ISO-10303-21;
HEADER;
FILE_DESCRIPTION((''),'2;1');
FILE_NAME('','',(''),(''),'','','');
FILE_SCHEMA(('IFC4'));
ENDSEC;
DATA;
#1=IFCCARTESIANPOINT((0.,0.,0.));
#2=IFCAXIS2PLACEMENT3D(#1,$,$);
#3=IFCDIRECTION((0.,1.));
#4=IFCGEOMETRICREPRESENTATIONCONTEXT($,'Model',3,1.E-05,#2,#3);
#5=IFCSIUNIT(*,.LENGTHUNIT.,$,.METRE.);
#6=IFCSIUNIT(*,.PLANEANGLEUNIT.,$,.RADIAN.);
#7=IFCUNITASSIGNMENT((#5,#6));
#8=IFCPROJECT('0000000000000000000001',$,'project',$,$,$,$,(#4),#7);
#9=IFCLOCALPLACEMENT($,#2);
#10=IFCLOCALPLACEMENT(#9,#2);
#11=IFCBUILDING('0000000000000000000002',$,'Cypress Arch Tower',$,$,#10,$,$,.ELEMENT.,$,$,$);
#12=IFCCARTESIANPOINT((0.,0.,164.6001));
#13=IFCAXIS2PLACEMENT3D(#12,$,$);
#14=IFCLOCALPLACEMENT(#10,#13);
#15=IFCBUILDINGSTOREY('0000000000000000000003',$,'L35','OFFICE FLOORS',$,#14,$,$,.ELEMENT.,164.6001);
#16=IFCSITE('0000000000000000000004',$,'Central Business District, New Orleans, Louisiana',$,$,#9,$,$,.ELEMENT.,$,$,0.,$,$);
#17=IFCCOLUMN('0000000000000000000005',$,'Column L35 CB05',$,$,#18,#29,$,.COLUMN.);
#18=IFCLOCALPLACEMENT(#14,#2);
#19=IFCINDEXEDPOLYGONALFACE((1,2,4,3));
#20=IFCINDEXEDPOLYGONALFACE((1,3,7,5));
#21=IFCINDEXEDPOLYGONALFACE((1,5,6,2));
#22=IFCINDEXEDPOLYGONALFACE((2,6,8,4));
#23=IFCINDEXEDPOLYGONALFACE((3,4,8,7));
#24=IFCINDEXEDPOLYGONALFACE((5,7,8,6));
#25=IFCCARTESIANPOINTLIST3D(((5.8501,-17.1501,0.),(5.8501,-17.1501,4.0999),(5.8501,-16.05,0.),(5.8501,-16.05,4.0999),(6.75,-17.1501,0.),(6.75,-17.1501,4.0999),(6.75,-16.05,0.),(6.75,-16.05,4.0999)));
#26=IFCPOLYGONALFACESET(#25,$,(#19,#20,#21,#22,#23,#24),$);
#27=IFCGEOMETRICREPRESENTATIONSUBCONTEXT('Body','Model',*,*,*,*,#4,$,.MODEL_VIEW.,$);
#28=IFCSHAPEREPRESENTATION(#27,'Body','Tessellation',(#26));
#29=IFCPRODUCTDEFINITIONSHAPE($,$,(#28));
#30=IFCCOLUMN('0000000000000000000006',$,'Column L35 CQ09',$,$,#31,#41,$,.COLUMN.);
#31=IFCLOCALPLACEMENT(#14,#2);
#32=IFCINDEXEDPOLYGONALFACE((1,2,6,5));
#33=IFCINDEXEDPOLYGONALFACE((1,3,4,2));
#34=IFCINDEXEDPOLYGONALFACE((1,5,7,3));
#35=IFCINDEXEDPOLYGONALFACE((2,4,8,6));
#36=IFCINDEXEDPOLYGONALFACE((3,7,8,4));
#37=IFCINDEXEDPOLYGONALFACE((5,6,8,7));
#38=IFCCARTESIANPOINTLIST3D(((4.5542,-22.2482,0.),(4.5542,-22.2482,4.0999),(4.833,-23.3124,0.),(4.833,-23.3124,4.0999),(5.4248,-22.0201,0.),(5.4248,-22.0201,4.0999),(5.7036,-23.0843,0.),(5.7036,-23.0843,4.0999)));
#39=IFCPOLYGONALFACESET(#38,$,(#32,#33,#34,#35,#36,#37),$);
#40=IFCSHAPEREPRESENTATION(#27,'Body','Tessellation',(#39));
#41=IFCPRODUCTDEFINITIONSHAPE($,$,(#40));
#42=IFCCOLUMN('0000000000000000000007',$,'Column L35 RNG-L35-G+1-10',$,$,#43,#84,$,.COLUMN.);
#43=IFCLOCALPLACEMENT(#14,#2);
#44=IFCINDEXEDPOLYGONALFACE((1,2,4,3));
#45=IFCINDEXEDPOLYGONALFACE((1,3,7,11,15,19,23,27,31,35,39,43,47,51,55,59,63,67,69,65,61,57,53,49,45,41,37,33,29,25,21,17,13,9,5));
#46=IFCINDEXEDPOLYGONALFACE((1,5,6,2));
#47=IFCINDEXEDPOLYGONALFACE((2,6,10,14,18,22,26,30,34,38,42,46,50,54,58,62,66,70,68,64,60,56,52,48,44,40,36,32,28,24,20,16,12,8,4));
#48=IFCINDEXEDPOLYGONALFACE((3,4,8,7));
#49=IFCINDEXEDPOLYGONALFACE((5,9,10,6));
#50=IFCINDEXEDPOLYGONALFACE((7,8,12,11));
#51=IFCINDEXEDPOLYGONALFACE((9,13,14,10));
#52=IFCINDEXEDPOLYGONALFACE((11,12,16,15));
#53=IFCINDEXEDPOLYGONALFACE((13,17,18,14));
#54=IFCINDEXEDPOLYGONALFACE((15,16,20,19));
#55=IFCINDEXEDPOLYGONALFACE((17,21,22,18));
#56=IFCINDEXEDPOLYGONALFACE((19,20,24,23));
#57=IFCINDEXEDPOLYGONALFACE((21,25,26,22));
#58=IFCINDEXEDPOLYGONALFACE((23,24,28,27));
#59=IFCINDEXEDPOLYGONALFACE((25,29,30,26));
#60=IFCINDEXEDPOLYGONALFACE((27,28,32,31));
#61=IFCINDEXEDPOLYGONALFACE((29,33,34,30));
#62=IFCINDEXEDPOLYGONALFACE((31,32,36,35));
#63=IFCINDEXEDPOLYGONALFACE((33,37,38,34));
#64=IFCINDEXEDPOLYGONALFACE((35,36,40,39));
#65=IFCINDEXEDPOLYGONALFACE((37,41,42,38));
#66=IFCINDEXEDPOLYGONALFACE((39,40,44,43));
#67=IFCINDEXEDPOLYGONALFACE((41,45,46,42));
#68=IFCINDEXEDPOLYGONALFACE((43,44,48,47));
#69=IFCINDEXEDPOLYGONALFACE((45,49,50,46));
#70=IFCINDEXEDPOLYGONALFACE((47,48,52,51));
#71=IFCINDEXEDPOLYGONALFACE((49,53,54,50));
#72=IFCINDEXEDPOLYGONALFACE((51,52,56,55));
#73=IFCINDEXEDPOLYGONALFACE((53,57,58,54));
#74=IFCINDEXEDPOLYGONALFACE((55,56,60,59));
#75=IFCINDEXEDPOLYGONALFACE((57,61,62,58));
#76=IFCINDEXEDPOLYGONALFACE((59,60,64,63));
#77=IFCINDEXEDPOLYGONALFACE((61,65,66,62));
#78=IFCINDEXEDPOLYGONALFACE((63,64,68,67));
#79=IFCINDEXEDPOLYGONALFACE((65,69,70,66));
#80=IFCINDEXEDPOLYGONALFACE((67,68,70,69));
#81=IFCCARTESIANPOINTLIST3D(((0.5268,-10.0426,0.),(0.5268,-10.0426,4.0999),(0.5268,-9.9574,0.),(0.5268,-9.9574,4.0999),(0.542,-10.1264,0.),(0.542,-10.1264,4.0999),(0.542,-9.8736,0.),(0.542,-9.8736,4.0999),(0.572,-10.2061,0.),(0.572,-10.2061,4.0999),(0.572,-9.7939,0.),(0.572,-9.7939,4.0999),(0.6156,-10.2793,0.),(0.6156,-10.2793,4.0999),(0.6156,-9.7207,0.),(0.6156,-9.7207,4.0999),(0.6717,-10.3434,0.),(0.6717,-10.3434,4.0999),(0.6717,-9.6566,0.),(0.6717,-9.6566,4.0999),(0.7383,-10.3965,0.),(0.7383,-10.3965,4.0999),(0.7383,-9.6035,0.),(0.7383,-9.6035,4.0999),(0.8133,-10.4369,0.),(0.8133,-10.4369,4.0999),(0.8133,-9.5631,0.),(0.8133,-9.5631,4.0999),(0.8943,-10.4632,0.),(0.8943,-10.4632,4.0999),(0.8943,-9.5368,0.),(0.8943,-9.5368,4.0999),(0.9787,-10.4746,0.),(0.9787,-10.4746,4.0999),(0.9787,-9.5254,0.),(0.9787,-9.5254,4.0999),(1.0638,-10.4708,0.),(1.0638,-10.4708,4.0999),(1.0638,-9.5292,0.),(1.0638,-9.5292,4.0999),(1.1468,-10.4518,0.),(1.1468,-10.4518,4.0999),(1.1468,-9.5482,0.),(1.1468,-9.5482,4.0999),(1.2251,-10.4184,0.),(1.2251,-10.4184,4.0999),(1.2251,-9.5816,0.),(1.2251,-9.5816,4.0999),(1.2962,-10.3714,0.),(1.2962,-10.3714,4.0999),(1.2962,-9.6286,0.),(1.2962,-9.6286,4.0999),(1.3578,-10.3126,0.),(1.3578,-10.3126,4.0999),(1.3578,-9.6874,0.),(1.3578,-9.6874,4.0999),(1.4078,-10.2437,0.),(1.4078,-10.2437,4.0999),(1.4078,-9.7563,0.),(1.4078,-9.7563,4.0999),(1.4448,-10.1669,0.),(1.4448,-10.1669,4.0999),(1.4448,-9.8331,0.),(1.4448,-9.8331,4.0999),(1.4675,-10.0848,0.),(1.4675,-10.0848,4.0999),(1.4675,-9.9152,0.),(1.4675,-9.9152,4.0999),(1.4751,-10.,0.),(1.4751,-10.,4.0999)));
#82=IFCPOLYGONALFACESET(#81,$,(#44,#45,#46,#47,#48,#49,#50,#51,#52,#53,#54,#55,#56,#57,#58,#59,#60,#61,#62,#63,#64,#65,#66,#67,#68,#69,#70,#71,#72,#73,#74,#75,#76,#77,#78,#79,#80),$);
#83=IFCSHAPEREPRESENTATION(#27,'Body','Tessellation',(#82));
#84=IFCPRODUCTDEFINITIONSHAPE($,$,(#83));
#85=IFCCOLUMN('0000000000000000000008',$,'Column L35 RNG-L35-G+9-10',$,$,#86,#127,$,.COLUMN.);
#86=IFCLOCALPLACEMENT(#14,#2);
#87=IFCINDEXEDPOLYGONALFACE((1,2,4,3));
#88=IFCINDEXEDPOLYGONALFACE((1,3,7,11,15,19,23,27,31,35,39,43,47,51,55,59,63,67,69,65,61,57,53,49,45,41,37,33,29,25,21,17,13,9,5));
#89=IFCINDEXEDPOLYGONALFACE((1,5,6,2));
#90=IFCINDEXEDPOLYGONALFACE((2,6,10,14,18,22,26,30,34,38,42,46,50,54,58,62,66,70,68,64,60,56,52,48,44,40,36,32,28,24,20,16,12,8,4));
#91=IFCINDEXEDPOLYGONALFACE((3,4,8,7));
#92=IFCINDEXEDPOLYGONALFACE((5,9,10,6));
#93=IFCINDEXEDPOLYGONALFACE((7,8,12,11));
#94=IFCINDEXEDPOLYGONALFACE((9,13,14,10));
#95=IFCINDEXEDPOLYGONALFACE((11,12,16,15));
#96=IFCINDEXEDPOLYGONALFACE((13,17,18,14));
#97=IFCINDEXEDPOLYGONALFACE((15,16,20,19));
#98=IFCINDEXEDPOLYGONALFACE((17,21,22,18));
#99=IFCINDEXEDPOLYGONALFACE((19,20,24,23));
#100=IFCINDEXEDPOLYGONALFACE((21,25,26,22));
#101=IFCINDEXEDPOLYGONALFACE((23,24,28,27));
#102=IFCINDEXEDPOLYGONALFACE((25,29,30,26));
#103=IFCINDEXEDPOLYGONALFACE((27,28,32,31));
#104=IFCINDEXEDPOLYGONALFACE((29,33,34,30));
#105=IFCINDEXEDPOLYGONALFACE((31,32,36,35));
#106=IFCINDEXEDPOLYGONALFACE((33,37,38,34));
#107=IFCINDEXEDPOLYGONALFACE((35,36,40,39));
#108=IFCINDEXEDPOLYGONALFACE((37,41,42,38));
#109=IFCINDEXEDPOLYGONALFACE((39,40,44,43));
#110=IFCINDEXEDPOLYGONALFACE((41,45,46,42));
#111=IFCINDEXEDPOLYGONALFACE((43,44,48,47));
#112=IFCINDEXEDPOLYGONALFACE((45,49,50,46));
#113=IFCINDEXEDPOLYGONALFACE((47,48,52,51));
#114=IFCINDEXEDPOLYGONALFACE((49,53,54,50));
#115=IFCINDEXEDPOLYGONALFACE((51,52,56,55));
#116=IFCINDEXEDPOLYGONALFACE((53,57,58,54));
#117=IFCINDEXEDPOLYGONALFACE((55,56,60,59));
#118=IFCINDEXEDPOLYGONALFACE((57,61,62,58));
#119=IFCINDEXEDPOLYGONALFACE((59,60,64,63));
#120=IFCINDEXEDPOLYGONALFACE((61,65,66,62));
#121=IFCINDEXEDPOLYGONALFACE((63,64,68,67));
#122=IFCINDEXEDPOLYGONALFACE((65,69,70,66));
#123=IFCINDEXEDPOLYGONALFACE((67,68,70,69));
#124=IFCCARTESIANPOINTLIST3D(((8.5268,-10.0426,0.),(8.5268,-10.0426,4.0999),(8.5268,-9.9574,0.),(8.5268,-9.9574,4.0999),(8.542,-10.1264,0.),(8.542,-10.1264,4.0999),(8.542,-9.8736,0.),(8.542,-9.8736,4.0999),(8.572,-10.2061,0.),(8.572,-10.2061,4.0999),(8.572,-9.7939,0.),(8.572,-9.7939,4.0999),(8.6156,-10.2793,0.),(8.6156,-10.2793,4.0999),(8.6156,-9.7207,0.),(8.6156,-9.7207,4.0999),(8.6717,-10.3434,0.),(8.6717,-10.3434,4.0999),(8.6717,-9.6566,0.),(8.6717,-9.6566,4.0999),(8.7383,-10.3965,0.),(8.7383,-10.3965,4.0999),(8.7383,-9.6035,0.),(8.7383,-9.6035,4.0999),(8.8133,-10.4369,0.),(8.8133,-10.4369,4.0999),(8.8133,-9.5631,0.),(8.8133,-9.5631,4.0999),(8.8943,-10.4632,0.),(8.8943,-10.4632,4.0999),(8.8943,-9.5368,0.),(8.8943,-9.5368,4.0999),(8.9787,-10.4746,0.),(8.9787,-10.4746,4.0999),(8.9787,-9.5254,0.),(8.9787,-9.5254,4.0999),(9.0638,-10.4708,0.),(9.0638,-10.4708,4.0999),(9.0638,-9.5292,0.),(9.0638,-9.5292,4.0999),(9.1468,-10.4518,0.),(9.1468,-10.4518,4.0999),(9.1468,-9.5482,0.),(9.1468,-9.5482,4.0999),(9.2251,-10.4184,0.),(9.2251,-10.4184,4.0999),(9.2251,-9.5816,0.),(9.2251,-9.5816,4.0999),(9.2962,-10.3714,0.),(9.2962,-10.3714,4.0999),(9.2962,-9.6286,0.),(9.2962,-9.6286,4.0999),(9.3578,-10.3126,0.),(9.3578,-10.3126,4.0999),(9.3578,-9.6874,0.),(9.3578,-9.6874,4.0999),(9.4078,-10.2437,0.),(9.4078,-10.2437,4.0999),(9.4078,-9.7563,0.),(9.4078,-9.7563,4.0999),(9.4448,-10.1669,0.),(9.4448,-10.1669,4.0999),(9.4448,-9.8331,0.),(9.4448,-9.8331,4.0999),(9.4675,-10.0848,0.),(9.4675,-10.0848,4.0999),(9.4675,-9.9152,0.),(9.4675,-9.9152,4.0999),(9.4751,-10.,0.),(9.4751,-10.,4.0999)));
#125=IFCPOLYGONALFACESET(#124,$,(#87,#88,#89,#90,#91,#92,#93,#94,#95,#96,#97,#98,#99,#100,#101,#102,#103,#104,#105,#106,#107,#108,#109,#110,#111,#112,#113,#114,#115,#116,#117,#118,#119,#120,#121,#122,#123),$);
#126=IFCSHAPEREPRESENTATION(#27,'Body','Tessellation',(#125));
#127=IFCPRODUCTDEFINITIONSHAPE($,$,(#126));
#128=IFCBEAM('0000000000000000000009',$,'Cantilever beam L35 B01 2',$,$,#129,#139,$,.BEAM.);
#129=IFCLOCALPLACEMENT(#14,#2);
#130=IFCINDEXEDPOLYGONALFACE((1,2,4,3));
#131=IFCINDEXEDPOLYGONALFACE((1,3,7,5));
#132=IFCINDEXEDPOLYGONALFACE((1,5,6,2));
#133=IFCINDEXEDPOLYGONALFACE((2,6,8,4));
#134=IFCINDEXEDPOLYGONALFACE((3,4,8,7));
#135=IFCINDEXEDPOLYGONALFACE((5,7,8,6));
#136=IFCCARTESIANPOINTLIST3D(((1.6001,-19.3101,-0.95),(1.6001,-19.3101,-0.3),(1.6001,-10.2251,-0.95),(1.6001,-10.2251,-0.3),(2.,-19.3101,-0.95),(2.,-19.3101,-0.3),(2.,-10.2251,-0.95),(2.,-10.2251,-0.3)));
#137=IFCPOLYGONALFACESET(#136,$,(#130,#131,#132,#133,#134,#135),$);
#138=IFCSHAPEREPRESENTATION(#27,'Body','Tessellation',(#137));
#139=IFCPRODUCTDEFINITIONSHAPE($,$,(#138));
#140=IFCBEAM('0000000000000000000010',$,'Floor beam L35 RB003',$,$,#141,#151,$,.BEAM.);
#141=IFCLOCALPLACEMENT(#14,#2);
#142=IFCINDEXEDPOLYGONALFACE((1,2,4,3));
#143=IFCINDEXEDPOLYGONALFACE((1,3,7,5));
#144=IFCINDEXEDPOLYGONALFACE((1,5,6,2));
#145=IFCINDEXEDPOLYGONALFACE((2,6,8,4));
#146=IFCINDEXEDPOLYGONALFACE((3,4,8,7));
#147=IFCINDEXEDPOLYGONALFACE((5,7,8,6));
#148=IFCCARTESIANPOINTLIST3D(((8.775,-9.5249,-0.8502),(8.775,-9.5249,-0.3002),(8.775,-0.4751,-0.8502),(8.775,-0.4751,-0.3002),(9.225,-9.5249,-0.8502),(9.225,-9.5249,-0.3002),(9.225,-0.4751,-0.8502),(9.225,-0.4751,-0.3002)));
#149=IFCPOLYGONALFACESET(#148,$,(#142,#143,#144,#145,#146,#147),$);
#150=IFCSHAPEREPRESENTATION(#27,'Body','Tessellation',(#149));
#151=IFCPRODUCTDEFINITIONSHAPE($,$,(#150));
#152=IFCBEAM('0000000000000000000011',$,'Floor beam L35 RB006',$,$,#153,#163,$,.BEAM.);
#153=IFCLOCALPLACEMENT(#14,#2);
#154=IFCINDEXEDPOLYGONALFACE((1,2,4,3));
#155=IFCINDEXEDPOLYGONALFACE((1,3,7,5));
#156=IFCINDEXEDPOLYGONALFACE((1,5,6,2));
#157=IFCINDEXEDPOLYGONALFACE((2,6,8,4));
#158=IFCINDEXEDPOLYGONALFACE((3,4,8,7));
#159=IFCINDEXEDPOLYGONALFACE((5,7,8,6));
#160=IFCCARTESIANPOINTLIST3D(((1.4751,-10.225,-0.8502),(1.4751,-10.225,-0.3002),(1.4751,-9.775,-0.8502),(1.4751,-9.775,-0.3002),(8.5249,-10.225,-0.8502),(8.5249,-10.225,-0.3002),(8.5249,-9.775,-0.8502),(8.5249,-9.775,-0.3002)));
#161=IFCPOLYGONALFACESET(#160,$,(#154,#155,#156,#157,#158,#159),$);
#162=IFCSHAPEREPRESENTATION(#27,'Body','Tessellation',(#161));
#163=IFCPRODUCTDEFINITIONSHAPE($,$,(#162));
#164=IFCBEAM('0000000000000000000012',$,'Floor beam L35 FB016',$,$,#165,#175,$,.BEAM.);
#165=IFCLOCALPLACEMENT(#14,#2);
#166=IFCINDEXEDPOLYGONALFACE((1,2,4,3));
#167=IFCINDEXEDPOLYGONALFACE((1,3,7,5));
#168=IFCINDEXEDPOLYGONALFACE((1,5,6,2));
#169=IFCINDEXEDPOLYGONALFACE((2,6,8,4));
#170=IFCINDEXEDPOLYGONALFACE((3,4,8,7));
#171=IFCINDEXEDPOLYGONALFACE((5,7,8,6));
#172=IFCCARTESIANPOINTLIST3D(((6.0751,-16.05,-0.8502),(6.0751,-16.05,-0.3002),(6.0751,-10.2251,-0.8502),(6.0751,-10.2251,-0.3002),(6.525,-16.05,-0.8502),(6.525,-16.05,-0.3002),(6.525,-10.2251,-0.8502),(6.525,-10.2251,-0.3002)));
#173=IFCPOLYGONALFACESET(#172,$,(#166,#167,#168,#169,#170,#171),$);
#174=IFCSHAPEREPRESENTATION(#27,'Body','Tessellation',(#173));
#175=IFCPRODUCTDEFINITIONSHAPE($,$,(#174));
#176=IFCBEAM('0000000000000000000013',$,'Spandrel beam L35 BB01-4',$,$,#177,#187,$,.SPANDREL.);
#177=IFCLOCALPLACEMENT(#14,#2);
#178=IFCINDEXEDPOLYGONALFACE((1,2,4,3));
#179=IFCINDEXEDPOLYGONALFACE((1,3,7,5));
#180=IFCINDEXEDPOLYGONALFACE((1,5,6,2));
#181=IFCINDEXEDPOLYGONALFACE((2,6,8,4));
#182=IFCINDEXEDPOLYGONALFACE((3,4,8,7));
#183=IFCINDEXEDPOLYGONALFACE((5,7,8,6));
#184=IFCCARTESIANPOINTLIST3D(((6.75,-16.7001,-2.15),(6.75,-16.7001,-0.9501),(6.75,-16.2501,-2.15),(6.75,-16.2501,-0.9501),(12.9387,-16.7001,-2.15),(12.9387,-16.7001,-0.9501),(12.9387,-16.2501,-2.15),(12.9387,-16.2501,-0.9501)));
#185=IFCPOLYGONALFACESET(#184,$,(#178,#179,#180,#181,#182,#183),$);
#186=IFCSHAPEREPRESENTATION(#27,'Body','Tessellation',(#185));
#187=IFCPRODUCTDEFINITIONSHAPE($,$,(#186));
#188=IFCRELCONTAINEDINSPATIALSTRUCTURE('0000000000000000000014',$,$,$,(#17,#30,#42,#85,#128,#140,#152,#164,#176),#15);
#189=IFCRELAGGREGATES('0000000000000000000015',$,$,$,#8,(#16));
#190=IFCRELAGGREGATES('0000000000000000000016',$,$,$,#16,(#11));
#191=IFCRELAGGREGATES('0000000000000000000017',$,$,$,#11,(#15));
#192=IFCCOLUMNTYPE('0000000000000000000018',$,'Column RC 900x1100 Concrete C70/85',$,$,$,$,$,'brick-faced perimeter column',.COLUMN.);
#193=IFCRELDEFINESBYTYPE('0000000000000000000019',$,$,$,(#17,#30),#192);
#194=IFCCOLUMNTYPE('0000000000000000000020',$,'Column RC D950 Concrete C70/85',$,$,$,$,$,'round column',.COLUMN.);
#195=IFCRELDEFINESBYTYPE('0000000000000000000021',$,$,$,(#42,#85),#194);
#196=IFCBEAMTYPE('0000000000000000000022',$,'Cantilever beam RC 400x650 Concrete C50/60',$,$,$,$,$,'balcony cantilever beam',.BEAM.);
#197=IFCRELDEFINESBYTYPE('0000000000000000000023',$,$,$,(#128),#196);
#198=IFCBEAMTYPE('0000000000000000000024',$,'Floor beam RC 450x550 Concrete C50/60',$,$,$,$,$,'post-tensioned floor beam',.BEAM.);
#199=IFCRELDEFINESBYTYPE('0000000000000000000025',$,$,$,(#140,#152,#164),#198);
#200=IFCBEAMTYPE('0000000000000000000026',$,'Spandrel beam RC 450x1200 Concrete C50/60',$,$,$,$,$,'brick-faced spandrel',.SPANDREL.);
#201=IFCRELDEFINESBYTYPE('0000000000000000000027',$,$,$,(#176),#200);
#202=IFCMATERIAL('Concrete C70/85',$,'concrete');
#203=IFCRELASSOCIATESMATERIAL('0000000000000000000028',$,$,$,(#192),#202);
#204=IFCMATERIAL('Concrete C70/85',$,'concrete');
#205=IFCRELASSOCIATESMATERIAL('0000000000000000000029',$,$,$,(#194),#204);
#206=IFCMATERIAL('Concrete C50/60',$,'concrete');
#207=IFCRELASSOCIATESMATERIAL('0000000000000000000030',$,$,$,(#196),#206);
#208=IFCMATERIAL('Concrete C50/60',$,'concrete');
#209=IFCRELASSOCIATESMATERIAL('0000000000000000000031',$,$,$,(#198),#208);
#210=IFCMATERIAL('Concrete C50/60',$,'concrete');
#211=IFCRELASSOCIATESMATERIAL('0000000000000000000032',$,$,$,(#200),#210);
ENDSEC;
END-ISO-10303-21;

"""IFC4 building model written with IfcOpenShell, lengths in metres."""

from ifc_helpers import new_model, si_unit, direction, frame, origin, origin_2d, place, context, subcontext, project, spatial, rectangle, circle, extrude, material, material_profile, profile_set, type_object, element, save


model = new_model("IFC4")

# Units and contexts
model_context = context("Model", 3, precision=1e-05, world=origin(), true_north=direction((0.0, 1.0)))
body_context = subcontext(model_context, "Body", "Model", "MODEL_VIEW")
ifc_project = project(units=[si_unit("LENGTHUNIT", "METRE"), si_unit("PLANEANGLEUNIT", "RADIAN")], contexts=[model_context])

# Site, building, storey
site_placement = place(None, origin())
site = spatial("IfcSite", under=ifc_project, at=site_placement, Name="Central Business District, New Orleans, Louisiana", CompositionType="ELEMENT", RefElevation=0.0)
building_placement = place(site_placement, origin())
building = spatial("IfcBuilding", under=site, at=building_placement, Name="Cypress Arch Tower", CompositionType="ELEMENT")
storey_placement = place(building_placement, frame((0.0, 0.0, 164.6001)))
storey = spatial("IfcBuildingStorey", under=building, at=storey_placement, Name="L35", Description="OFFICE FLOORS", CompositionType="ELEMENT", Elevation=164.6001)

# Columns
ifc_material_1 = material(Name="Concrete C70/85", Category="concrete")
ifc_material_profile_1 = material_profile(ifc_material_1, rectangle(XDim=0.8999, YDim=1.1001, at=origin_2d()), Name="RC 900x1100")
ifc_profile_set_1 = profile_set([ifc_material_profile_1], Name="Concrete C70/85")
column_type_1 = type_object("IfcColumnType", Name="Column RC 900x1100 Concrete C70/85", ElementType="brick-faced perimeter column", PredefinedType="COLUMN", material=ifc_profile_set_1)
for number, where, z_axis, x_axis, name in (
    (1, (6.3, -16.6001, 0.0), (0.0, 0.0, 1.0), (1.0, 0.0, 0.0), "Column L35 CB05"),
    (2, (5.1289, -22.6663, 0.0), (0.0, 0.0, 1.0), (0.967356, 0.253422, 0.0), "Column L35 CQ09"),
):
    element("IfcColumn", number, at=place(storey_placement, frame(where, z_axis=z_axis, x_axis=x_axis)), inside=storey, type_object=column_type_1, Name=name, PredefinedType="COLUMN", context=body_context, shape_type="SweptSolid", body=[
        extrude(rectangle(XDim=0.8999, YDim=1.1001, at=origin_2d()), origin(), (0.0, 0.0, 1.0), 4.0999),
    ])
ifc_material_2 = material(Name="Concrete C70/85", Category="concrete")
ifc_material_profile_2 = material_profile(ifc_material_2, circle(Radius=0.4751, at=origin_2d()), Name="RC D950")
ifc_profile_set_2 = profile_set([ifc_material_profile_2], Name="Concrete C70/85")
column_type_2 = type_object("IfcColumnType", Name="Column RC D950 Concrete C70/85", ElementType="round column", PredefinedType="COLUMN", material=ifc_profile_set_2)
for number, where, z_axis, x_axis, name in (
    (3, (1.0, -10.0, 0.0), (0.0, 0.0, 1.0), (1.0, 0.0, 0.0), "Column L35 RNG-L35-G+1-10"),
    (4, (9.0, -10.0, 0.0), (0.0, 0.0, 1.0), (1.0, 0.0, 0.0), "Column L35 RNG-L35-G+9-10"),
):
    element("IfcColumn", number, at=place(storey_placement, frame(where, z_axis=z_axis, x_axis=x_axis)), inside=storey, type_object=column_type_2, Name=name, PredefinedType="COLUMN", context=body_context, shape_type="SweptSolid", body=[
        extrude(circle(Radius=0.4751, at=origin_2d()), origin(), (0.0, 0.0, 1.0), 4.0999),
    ])

# Beams
ifc_material_3 = material(Name="Concrete C50/60", Category="concrete")
ifc_material_profile_3 = material_profile(ifc_material_3, rectangle(XDim=0.3999, YDim=0.6499, at=origin_2d()), Name="RC 400x650")
ifc_profile_set_3 = profile_set([ifc_material_profile_3], Name="Concrete C50/60")
beam_type_1 = type_object("IfcBeamType", Name="Cantilever beam RC 400x650 Concrete C50/60", ElementType="balcony cantilever beam", PredefinedType="BEAM", material=ifc_profile_set_3)
beam_1_placement = place(storey_placement, frame((1.8, -10.2251, -0.625), z_axis=(0.0, -1.0, 0.0), x_axis=(1.0, 0.0, 0.0)))
element("IfcBeam", 5, at=beam_1_placement, inside=storey, type_object=beam_type_1, Name="Cantilever beam L35 B01 2", PredefinedType="BEAM", context=body_context, shape_type="SweptSolid", body=[
    extrude(rectangle(XDim=0.3999, YDim=0.6499, at=origin_2d()), origin(), (0.0, 0.0, 1.0), 9.085),
])
ifc_material_4 = material(Name="Concrete C50/60", Category="concrete")
ifc_material_profile_4 = material_profile(ifc_material_4, rectangle(XDim=0.45, YDim=0.55, at=origin_2d()), Name="RC 450x550")
ifc_profile_set_4 = profile_set([ifc_material_profile_4], Name="Concrete C50/60")
beam_type_2 = type_object("IfcBeamType", Name="Floor beam RC 450x550 Concrete C50/60", ElementType="post-tensioned floor beam", PredefinedType="BEAM", material=ifc_profile_set_4)
beam_2_placement = place(storey_placement, frame((9.0, -9.5249, -0.5752), z_axis=(0.0, 1.0, 0.0), x_axis=(-1.0, 0.0, 0.0)))
element("IfcBeam", 6, at=beam_2_placement, inside=storey, type_object=beam_type_2, Name="Floor beam L35 RB003", PredefinedType="BEAM", context=body_context, shape_type="SweptSolid", body=[
    extrude(rectangle(XDim=0.45, YDim=0.55, at=origin_2d()), origin(), (0.0, 0.0, 1.0), 9.0498),
])
beam_3_placement = place(storey_placement, frame((1.4751, -10.0, -0.5752), z_axis=(1.0, 0.0, 0.0), x_axis=(0.0, 1.0, 0.0)))
element("IfcBeam", 7, at=beam_3_placement, inside=storey, type_object=beam_type_2, Name="Floor beam L35 RB006", PredefinedType="BEAM", context=body_context, shape_type="SweptSolid", body=[
    extrude(rectangle(XDim=0.45, YDim=0.55, at=origin_2d()), origin(), (0.0, 0.0, 1.0), 7.0498),
])
beam_4_placement = place(storey_placement, frame((6.3, -16.05, -0.5752), z_axis=(0.0, 1.0, 0.0), x_axis=(-1.0, 0.0, 0.0)))
element("IfcBeam", 8, at=beam_4_placement, inside=storey, type_object=beam_type_2, Name="Floor beam L35 FB016", PredefinedType="BEAM", context=body_context, shape_type="SweptSolid", body=[
    extrude(rectangle(XDim=0.45, YDim=0.55, at=origin_2d()), origin(), (0.0, 0.0, 1.0), 5.825),
])
ifc_material_5 = material(Name="Concrete C50/60", Category="concrete")
ifc_material_profile_5 = material_profile(ifc_material_5, rectangle(XDim=0.45, YDim=1.2, at=origin_2d()), Name="RC 450x1200")
ifc_profile_set_5 = profile_set([ifc_material_profile_5], Name="Concrete C50/60")
beam_type_3 = type_object("IfcBeamType", Name="Spandrel beam RC 450x1200 Concrete C50/60", ElementType="brick-faced spandrel", PredefinedType="SPANDREL", material=ifc_profile_set_5)
beam_5_placement = place(storey_placement, frame((6.75, -16.4751, -1.55), z_axis=(1.0, 0.0, 0.0), x_axis=(0.0, 1.0, 0.0)))
element("IfcBeam", 9, at=beam_5_placement, inside=storey, type_object=beam_type_3, Name="Spandrel beam L35 BB01-4", PredefinedType="SPANDREL", context=body_context, shape_type="SweptSolid", body=[
    extrude(rectangle(XDim=0.45, YDim=1.2, at=origin_2d()), origin(), (0.0, 0.0, 1.0), 6.1887),
])

save(model, "model.ifc")
